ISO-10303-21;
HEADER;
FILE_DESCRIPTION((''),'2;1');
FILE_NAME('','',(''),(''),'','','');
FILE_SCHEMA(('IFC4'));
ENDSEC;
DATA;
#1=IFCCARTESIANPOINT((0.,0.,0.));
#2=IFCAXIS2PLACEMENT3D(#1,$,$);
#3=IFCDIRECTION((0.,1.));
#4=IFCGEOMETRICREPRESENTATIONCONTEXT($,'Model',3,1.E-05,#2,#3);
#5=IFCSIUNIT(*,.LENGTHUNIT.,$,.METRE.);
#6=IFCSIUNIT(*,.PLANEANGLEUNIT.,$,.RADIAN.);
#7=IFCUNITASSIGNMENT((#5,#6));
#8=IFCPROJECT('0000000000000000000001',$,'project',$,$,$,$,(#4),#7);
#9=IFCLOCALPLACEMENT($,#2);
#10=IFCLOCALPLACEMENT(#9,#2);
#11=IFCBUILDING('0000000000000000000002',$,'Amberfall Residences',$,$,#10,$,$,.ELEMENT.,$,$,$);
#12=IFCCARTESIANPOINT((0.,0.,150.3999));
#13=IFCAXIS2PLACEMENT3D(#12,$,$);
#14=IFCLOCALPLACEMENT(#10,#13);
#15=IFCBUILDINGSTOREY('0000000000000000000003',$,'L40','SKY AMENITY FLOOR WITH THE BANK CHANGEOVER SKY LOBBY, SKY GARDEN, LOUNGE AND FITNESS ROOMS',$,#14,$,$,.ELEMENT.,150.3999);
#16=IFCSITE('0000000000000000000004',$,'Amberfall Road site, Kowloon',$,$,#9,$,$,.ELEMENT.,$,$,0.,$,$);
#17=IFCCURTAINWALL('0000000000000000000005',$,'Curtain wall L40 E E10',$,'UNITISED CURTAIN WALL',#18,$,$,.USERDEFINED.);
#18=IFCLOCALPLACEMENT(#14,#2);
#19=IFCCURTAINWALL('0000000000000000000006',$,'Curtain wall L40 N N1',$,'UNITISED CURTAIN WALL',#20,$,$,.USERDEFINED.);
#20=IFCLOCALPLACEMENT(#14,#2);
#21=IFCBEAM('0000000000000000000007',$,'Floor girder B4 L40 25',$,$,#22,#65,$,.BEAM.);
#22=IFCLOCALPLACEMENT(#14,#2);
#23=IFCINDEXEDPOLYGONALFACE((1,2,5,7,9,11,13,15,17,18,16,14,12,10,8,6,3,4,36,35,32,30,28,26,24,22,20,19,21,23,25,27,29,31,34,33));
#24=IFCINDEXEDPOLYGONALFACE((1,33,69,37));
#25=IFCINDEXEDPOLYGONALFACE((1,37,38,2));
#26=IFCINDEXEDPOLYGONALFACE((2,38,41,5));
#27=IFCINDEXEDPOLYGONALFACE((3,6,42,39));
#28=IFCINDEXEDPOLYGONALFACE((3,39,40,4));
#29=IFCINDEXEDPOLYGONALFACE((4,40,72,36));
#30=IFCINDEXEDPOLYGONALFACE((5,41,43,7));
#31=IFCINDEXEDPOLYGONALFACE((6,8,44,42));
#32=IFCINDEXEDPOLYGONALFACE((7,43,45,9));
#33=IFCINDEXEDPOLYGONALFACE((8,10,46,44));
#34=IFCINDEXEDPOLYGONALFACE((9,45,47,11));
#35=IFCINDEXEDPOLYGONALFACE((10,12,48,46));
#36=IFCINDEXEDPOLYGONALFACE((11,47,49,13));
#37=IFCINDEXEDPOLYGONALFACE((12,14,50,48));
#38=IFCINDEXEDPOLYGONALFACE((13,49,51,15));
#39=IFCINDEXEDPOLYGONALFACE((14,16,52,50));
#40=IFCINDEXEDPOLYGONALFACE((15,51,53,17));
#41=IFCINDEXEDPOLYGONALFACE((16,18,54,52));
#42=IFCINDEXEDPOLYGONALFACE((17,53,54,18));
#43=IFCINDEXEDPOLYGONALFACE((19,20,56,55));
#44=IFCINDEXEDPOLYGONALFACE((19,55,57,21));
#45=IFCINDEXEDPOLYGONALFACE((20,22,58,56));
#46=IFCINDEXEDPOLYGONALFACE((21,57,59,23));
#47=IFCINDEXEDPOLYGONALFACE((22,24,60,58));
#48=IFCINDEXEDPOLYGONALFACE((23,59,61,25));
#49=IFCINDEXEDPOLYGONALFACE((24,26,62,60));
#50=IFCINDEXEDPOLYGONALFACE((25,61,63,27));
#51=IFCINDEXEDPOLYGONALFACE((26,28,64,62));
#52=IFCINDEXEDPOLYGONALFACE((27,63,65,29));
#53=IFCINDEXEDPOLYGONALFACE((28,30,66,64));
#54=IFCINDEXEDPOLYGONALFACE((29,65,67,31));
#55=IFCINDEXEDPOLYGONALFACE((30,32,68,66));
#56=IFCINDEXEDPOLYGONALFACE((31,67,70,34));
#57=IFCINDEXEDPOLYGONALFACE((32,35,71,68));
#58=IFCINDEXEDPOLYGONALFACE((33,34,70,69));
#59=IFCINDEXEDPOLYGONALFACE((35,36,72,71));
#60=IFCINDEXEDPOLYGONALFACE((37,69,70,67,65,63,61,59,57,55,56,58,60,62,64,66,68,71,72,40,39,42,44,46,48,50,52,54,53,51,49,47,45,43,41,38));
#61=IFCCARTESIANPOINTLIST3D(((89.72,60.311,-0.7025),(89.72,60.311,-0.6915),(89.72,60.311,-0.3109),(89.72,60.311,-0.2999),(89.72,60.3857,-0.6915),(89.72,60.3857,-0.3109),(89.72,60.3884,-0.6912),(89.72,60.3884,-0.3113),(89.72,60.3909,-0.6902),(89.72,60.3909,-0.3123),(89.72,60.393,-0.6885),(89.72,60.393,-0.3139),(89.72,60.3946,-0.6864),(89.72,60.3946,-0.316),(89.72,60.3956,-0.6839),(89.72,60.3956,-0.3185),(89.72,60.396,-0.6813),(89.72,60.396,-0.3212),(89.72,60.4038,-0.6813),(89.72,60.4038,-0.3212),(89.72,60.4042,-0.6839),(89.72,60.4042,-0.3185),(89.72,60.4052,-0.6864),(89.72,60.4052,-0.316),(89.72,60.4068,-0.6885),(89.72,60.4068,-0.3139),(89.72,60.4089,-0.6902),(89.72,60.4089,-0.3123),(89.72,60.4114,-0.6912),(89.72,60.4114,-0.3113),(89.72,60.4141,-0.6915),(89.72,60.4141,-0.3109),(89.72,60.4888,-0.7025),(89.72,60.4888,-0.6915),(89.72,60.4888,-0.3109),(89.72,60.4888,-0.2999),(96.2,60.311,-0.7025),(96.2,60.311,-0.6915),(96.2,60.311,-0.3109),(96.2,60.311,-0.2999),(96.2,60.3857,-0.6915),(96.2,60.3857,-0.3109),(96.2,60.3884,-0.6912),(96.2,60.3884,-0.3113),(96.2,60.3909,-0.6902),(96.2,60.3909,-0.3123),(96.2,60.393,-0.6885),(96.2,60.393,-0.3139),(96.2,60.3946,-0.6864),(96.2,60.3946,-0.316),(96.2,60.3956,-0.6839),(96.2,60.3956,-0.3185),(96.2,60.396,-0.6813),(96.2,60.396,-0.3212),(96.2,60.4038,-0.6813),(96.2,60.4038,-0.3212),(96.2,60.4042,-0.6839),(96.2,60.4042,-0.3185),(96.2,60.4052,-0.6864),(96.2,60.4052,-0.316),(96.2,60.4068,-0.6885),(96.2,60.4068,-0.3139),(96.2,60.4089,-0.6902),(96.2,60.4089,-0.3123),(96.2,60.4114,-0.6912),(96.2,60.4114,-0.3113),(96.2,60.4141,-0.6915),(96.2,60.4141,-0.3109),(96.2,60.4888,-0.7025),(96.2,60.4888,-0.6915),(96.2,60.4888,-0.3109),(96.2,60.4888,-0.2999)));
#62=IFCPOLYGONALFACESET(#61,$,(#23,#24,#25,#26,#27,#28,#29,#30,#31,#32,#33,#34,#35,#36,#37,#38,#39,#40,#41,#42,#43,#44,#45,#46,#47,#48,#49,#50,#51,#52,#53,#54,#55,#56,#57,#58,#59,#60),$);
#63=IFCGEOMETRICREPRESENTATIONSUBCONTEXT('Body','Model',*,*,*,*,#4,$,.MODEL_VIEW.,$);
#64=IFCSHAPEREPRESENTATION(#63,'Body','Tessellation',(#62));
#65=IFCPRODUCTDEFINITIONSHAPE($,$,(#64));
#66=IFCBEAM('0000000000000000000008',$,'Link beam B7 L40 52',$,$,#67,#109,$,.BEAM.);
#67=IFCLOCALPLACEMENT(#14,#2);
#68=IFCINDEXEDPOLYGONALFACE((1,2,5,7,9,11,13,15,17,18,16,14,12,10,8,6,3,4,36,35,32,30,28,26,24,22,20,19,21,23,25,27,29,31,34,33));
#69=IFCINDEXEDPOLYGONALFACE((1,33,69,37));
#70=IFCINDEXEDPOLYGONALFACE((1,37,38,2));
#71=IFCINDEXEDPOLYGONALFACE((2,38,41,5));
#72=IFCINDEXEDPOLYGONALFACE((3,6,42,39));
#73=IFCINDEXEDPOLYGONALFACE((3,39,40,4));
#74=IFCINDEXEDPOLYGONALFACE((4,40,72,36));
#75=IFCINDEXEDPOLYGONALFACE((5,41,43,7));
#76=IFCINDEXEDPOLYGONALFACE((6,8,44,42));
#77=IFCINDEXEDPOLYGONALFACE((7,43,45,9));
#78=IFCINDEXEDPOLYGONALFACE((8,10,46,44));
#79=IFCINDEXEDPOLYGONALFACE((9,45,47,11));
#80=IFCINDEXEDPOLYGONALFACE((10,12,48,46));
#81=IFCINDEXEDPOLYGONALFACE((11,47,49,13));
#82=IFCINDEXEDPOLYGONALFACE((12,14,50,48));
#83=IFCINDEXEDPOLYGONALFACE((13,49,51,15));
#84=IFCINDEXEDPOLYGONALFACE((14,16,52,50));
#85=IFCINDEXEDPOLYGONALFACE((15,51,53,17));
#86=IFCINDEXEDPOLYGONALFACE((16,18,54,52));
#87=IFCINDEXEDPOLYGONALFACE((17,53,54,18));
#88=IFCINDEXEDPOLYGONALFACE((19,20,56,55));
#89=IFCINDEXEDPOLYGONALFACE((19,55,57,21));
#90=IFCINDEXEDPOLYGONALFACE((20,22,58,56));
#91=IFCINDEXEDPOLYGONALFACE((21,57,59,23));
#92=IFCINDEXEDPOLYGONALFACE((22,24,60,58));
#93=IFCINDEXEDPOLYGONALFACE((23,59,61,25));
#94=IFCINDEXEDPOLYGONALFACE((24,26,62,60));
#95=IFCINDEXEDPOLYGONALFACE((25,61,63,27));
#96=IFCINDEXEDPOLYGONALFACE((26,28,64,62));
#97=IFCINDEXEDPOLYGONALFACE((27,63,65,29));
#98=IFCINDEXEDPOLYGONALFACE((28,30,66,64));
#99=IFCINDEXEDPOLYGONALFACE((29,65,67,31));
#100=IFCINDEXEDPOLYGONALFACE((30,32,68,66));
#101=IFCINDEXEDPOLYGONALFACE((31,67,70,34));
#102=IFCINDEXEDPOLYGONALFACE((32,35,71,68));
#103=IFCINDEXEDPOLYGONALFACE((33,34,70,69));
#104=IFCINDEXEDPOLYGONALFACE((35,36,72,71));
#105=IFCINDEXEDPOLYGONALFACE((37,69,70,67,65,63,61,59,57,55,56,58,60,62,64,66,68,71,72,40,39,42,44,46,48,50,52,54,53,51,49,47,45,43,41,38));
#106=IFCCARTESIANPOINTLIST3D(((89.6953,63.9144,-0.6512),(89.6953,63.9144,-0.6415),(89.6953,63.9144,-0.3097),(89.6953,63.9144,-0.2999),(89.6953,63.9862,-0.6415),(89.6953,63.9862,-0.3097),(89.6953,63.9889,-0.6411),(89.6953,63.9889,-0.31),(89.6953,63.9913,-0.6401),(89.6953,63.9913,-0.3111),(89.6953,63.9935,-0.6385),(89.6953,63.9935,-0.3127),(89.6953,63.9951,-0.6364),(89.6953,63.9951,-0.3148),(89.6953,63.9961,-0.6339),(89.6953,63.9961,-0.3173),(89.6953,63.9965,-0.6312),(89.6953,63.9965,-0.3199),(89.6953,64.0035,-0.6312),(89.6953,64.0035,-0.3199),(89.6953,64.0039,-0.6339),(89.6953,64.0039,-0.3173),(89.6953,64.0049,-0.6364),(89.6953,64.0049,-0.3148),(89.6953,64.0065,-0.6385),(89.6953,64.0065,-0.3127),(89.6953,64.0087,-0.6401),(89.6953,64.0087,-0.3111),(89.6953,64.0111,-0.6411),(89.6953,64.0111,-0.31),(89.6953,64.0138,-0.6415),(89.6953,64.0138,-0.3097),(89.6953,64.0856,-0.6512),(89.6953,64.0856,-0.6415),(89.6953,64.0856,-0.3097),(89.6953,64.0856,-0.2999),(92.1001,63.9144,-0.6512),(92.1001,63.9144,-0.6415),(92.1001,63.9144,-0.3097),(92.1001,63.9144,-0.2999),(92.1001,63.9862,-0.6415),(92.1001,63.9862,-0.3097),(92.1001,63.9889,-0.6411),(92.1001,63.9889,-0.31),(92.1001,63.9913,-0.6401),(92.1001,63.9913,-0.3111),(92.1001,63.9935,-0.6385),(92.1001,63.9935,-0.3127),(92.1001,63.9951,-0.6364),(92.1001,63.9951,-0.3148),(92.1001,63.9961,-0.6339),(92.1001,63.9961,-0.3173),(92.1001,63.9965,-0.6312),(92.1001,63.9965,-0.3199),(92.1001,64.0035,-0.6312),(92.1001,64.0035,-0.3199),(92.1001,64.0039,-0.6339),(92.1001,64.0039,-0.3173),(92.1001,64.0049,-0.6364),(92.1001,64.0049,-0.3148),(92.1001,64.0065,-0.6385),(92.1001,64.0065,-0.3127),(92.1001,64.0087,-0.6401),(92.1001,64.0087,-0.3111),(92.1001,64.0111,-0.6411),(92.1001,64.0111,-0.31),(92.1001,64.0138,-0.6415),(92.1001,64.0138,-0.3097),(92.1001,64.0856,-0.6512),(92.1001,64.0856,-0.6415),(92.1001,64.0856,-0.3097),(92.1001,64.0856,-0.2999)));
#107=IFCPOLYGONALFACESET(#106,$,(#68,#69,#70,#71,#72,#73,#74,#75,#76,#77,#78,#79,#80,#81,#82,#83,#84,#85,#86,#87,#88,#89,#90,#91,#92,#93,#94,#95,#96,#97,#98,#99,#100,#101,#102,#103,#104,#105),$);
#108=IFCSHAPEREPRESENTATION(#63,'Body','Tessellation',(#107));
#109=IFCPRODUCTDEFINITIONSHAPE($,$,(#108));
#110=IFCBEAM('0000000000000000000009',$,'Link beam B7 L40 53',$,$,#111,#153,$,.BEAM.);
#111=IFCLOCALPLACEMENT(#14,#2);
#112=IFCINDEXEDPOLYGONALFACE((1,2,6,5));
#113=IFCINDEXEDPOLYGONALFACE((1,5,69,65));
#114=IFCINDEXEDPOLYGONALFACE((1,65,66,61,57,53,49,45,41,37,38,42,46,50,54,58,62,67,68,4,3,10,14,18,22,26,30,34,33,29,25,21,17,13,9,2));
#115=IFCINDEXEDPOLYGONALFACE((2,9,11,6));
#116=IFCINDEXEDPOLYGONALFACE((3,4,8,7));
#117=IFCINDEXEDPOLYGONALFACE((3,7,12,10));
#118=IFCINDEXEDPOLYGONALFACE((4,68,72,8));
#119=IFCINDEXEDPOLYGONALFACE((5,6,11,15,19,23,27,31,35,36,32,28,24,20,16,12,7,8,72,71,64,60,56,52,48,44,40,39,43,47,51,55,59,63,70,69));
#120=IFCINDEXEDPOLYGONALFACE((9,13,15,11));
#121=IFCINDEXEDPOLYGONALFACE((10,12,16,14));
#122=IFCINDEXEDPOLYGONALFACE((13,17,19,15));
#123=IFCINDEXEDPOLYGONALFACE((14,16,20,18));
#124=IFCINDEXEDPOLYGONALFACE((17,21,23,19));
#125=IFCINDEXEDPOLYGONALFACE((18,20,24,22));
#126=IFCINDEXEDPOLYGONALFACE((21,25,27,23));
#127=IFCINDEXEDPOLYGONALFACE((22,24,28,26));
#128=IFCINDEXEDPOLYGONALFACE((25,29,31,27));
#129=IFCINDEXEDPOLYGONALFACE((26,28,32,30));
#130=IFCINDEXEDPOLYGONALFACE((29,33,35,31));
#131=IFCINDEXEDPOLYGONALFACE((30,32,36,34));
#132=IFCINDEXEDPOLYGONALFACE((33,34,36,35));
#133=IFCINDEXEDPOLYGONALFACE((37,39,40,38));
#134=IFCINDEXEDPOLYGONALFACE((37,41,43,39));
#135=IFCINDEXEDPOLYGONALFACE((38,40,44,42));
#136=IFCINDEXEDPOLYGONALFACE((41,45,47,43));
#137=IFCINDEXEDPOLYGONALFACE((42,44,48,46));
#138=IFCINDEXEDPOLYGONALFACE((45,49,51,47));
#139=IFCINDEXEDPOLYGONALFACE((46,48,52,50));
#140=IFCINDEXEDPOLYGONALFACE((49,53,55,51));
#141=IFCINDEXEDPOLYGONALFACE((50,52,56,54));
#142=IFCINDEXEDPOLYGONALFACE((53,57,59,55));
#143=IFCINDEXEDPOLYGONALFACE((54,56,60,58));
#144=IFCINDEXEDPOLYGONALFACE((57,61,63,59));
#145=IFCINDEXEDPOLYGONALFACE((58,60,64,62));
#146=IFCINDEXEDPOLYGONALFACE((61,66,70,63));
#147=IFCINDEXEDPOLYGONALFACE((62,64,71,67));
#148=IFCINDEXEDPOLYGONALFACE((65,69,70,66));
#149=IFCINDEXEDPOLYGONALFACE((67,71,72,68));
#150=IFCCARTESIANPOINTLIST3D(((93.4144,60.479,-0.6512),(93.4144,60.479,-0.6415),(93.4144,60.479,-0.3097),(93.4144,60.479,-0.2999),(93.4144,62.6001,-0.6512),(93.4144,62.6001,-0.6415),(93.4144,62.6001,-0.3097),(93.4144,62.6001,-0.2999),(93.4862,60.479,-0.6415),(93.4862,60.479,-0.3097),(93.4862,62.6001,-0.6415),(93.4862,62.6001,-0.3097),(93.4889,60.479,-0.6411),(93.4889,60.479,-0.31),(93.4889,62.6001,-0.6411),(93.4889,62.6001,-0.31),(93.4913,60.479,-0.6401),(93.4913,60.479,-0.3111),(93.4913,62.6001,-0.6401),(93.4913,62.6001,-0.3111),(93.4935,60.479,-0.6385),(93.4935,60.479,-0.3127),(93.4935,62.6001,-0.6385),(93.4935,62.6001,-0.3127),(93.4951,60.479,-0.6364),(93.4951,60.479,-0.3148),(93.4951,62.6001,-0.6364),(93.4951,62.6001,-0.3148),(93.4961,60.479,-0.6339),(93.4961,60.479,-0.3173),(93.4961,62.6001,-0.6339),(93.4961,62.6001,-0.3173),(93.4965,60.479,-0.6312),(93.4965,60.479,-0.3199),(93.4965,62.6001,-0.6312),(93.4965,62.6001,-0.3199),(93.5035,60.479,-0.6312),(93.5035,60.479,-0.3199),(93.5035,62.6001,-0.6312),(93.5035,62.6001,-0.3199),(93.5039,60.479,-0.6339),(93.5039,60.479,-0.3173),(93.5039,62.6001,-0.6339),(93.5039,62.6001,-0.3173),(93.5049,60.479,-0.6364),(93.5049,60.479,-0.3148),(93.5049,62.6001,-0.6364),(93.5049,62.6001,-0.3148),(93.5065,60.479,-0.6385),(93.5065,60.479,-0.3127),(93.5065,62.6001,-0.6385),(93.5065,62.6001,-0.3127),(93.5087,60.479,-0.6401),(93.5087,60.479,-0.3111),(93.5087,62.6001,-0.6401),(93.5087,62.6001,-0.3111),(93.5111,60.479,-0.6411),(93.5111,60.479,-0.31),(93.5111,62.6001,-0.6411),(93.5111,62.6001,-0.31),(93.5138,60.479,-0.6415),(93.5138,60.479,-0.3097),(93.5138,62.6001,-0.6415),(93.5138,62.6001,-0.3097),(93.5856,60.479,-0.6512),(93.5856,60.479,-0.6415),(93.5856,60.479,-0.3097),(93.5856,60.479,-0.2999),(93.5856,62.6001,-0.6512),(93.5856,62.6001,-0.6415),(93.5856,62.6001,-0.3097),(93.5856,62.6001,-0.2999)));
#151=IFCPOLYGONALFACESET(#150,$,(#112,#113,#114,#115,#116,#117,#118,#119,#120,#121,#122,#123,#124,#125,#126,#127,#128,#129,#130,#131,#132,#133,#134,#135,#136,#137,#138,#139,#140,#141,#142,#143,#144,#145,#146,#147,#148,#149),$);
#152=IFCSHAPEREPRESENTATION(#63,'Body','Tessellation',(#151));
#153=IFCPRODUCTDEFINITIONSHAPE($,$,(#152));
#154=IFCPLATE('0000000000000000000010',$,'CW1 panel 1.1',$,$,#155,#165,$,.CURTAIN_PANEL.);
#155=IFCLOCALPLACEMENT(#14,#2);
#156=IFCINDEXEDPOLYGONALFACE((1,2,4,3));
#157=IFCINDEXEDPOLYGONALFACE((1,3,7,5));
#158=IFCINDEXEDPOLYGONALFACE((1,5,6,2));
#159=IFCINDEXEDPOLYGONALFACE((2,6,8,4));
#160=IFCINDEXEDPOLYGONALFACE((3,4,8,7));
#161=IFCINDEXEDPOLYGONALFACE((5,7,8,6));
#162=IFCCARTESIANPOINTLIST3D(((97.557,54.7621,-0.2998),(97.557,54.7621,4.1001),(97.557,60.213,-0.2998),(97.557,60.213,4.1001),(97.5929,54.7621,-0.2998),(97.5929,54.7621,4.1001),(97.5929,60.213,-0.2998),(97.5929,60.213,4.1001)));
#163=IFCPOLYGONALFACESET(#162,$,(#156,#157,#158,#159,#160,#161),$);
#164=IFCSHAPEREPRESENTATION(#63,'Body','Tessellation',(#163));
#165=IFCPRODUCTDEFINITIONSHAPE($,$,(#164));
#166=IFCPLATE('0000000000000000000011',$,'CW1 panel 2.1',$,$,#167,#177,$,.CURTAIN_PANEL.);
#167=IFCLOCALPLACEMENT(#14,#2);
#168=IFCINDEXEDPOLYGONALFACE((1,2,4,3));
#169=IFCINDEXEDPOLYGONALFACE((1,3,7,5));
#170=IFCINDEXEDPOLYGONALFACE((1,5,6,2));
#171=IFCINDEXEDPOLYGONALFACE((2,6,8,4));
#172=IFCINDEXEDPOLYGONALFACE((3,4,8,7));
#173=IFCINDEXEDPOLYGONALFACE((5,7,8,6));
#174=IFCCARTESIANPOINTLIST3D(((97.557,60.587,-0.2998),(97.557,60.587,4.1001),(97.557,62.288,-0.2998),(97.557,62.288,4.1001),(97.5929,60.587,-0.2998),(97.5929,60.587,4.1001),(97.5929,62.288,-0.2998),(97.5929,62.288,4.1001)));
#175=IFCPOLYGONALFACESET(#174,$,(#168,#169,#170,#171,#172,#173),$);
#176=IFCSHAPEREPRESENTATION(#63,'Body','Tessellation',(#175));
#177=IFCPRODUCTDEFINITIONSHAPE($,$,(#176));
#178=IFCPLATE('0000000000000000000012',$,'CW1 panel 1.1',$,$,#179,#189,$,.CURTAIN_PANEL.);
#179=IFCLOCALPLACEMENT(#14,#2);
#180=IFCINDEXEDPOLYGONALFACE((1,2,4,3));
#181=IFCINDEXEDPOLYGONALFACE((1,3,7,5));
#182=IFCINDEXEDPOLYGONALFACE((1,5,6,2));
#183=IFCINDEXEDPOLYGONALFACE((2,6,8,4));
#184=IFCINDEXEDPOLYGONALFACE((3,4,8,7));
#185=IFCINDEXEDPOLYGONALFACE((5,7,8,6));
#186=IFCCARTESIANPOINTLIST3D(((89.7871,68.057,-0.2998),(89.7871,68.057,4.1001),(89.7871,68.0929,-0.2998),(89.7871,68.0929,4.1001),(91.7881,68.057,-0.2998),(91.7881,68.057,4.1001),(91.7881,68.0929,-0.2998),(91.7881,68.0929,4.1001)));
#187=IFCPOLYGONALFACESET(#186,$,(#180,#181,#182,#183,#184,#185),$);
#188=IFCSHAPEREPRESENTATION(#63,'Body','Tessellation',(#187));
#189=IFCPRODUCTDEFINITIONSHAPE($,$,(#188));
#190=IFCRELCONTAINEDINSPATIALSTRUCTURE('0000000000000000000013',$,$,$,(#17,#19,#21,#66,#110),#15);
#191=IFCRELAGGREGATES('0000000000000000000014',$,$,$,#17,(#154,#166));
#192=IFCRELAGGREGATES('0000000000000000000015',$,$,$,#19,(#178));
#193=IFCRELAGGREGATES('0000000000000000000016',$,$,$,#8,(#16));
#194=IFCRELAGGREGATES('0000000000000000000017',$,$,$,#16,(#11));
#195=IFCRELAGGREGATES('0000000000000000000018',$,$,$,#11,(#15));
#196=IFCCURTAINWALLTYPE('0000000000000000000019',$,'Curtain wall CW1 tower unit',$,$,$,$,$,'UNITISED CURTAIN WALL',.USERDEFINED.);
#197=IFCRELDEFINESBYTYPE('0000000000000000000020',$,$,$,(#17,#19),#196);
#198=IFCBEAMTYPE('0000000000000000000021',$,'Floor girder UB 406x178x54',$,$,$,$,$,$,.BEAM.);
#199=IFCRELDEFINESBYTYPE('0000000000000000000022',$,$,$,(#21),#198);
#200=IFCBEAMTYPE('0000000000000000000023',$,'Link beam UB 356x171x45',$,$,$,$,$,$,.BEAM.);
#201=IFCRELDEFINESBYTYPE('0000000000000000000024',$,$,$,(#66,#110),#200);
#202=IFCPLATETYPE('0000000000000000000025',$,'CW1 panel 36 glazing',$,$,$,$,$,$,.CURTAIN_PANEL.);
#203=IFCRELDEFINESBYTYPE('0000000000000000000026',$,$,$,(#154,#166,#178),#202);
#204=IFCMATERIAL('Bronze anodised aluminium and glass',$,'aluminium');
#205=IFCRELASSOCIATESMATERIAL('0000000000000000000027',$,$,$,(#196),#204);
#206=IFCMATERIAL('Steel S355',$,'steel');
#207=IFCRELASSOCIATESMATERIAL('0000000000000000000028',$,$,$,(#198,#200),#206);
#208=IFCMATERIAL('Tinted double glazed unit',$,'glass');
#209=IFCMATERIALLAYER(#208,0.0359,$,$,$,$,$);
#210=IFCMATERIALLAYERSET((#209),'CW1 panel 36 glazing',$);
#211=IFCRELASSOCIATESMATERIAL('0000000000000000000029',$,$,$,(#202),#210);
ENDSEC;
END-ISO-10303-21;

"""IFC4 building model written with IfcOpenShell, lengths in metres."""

from ifc_helpers import new_model, si_unit, direction, frame, origin, origin_2d, place, context, subcontext, project, spatial, rectangle, i_section, extrude, material, layer, layer_set, material_profile, profile_set, type_object, element, aggregate, save


model = new_model("IFC4")

# Units and contexts
model_context = context("Model", 3, precision=1e-05, world=origin(), true_north=direction((0.0, 1.0)))
body_context = subcontext(model_context, "Body", "Model", "MODEL_VIEW")
ifc_project = project(units=[si_unit("LENGTHUNIT", "METRE"), si_unit("PLANEANGLEUNIT", "RADIAN")], contexts=[model_context])

# Site, building, storey
site_placement = place(None, origin())
site = spatial("IfcSite", under=ifc_project, at=site_placement, Name="Amberfall Road site, Kowloon", CompositionType="ELEMENT", RefElevation=0.0)
building_placement = place(site_placement, origin())
building = spatial("IfcBuilding", under=site, at=building_placement, Name="Amberfall Residences", CompositionType="ELEMENT")
storey_placement = place(building_placement, frame((0.0, 0.0, 150.3999)))
storey = spatial("IfcBuildingStorey", under=building, at=storey_placement, Name="L40", Description="SKY AMENITY FLOOR WITH THE BANK CHANGEOVER SKY LOBBY, SKY GARDEN, LOUNGE AND FITNESS ROOMS", CompositionType="ELEMENT", Elevation=150.3999)

# Curtain walls
ifc_material_1 = material(Name="Bronze anodised aluminium and glass", Category="aluminium")
curtain_wall_type = type_object("IfcCurtainWallType", Name="Curtain wall CW1 tower unit", ElementType="UNITISED CURTAIN WALL", PredefinedType="USERDEFINED", material=ifc_material_1)
curtain_wall_1_placement = place(storey_placement, origin())
curtain_wall_1 = element("IfcCurtainWall", 1, at=curtain_wall_1_placement, inside=storey, type_object=curtain_wall_type, Name="Curtain wall L40 E E10", ObjectType="UNITISED CURTAIN WALL", PredefinedType="USERDEFINED")
curtain_wall_2_placement = place(storey_placement, origin())
curtain_wall_2 = element("IfcCurtainWall", 2, at=curtain_wall_2_placement, inside=storey, type_object=curtain_wall_type, Name="Curtain wall L40 N N1", ObjectType="UNITISED CURTAIN WALL", PredefinedType="USERDEFINED")

# Shared definitions
ifc_material_2 = material(Name="Steel S355", Category="steel")

# Beams
ifc_material_profile_1 = material_profile(ifc_material_2, i_section(OverallWidth=0.1777, OverallDepth=0.4026, WebThickness=0.0078, FlangeThickness=0.011, FilletRadius=0.0103, at=origin_2d()), Name="UB 406x178x54")
ifc_profile_set_1 = profile_set([ifc_material_profile_1], Name="Steel S355")
beam_type_1 = type_object("IfcBeamType", Name="Floor girder UB 406x178x54", PredefinedType="BEAM", material=ifc_profile_set_1)
beam_1_placement = place(storey_placement, frame((96.2, 60.3999, -0.5012), z_axis=(-1.0, 0.0, 0.0), x_axis=(0.0, -1.0, 0.0)))
element("IfcBeam", 3, at=beam_1_placement, inside=storey, type_object=beam_type_1, Name="Floor girder B4 L40 25", PredefinedType="BEAM", context=body_context, shape_type="SweptSolid", body=[
    extrude(i_section(OverallWidth=0.1777, OverallDepth=0.4026, WebThickness=0.0078, FlangeThickness=0.011, FilletRadius=0.0103, at=origin_2d()), origin(), (0.0, 0.0, 1.0), 6.48),
])
ifc_material_profile_2 = material_profile(ifc_material_2, i_section(OverallWidth=0.1711, OverallDepth=0.3513, WebThickness=0.0071, FlangeThickness=0.0098, FilletRadius=0.0103, at=origin_2d()), Name="UB 356x171x45")
ifc_profile_set_2 = profile_set([ifc_material_profile_2], Name="Steel S355")
beam_type_2 = type_object("IfcBeamType", Name="Link beam UB 356x171x45", PredefinedType="BEAM", material=ifc_profile_set_2)
beam_2_placement = place(storey_placement, frame((92.1001, 64.0, -0.4756), z_axis=(-1.0, 0.0, 0.0), x_axis=(0.0, -1.0, 0.0)))
element("IfcBeam", 4, at=beam_2_placement, inside=storey, type_object=beam_type_2, Name="Link beam B7 L40 52", PredefinedType="BEAM", context=body_context, shape_type="SweptSolid", body=[
    extrude(i_section(OverallWidth=0.1711, OverallDepth=0.3513, WebThickness=0.0071, FlangeThickness=0.0098, FilletRadius=0.0103, at=origin_2d()), origin(), (0.0, 0.0, 1.0), 2.4048),
])
beam_3_placement = place(storey_placement, frame((93.5, 62.6001, -0.4756), z_axis=(0.0, -1.0, 0.0), x_axis=(1.0, 0.0, 0.0)))
element("IfcBeam", 5, at=beam_3_placement, inside=storey, type_object=beam_type_2, Name="Link beam B7 L40 53", PredefinedType="BEAM", context=body_context, shape_type="SweptSolid", body=[
    extrude(i_section(OverallWidth=0.1711, OverallDepth=0.3513, WebThickness=0.0071, FlangeThickness=0.0098, FilletRadius=0.0103, at=origin_2d()), origin(), (0.0, 0.0, 1.0), 2.1211),
])

# Plates
ifc_material_3 = material(Name="Tinted double glazed unit", Category="glass")
ifc_layer_1 = layer(ifc_material_3, 0.0359)
ifc_layer_set_1 = layer_set([ifc_layer_1], Name="CW1 panel 36 glazing")
plate_type = type_object("IfcPlateType", Name="CW1 panel 36 glazing", PredefinedType="CURTAIN_PANEL", material=ifc_layer_set_1)
plate_1_placement = place(storey_placement, frame((97.575, 57.4875, -0.2998), z_axis=(0.0, 0.0, 1.0), x_axis=(0.0, 1.0, 0.0)))
plate_1 = element("IfcPlate", 6, at=plate_1_placement, type_object=plate_type, Name="CW1 panel 1.1", PredefinedType="CURTAIN_PANEL", context=body_context, shape_type="SweptSolid", body=[
    extrude(rectangle(XDim=5.4509, YDim=0.0359, at=origin_2d()), origin(), (0.0, 0.0, 1.0), 4.3999),
])
plate_2_placement = place(storey_placement, frame((97.575, 61.4375, -0.2998), z_axis=(0.0, 0.0, 1.0), x_axis=(0.0, 1.0, 0.0)))
plate_2 = element("IfcPlate", 7, at=plate_2_placement, type_object=plate_type, Name="CW1 panel 2.1", PredefinedType="CURTAIN_PANEL", context=body_context, shape_type="SweptSolid", body=[
    extrude(rectangle(XDim=1.7009, YDim=0.0359, at=origin_2d()), origin(), (0.0, 0.0, 1.0), 4.3999),
])
aggregate(curtain_wall_1, [plate_1, plate_2])
plate_3_placement = place(storey_placement, frame((90.7876, 68.075, -0.2998), z_axis=(0.0, 0.0, 1.0), x_axis=(-1.0, 0.0, 0.0)))
plate_3 = element("IfcPlate", 8, at=plate_3_placement, type_object=plate_type, Name="CW1 panel 1.1", PredefinedType="CURTAIN_PANEL", context=body_context, shape_type="SweptSolid", body=[
    extrude(rectangle(XDim=2.001, YDim=0.0359, at=origin_2d()), origin(), (0.0, 0.0, 1.0), 4.3999),
])
aggregate(curtain_wall_2, [plate_3])

save(model, "model.ifc")
